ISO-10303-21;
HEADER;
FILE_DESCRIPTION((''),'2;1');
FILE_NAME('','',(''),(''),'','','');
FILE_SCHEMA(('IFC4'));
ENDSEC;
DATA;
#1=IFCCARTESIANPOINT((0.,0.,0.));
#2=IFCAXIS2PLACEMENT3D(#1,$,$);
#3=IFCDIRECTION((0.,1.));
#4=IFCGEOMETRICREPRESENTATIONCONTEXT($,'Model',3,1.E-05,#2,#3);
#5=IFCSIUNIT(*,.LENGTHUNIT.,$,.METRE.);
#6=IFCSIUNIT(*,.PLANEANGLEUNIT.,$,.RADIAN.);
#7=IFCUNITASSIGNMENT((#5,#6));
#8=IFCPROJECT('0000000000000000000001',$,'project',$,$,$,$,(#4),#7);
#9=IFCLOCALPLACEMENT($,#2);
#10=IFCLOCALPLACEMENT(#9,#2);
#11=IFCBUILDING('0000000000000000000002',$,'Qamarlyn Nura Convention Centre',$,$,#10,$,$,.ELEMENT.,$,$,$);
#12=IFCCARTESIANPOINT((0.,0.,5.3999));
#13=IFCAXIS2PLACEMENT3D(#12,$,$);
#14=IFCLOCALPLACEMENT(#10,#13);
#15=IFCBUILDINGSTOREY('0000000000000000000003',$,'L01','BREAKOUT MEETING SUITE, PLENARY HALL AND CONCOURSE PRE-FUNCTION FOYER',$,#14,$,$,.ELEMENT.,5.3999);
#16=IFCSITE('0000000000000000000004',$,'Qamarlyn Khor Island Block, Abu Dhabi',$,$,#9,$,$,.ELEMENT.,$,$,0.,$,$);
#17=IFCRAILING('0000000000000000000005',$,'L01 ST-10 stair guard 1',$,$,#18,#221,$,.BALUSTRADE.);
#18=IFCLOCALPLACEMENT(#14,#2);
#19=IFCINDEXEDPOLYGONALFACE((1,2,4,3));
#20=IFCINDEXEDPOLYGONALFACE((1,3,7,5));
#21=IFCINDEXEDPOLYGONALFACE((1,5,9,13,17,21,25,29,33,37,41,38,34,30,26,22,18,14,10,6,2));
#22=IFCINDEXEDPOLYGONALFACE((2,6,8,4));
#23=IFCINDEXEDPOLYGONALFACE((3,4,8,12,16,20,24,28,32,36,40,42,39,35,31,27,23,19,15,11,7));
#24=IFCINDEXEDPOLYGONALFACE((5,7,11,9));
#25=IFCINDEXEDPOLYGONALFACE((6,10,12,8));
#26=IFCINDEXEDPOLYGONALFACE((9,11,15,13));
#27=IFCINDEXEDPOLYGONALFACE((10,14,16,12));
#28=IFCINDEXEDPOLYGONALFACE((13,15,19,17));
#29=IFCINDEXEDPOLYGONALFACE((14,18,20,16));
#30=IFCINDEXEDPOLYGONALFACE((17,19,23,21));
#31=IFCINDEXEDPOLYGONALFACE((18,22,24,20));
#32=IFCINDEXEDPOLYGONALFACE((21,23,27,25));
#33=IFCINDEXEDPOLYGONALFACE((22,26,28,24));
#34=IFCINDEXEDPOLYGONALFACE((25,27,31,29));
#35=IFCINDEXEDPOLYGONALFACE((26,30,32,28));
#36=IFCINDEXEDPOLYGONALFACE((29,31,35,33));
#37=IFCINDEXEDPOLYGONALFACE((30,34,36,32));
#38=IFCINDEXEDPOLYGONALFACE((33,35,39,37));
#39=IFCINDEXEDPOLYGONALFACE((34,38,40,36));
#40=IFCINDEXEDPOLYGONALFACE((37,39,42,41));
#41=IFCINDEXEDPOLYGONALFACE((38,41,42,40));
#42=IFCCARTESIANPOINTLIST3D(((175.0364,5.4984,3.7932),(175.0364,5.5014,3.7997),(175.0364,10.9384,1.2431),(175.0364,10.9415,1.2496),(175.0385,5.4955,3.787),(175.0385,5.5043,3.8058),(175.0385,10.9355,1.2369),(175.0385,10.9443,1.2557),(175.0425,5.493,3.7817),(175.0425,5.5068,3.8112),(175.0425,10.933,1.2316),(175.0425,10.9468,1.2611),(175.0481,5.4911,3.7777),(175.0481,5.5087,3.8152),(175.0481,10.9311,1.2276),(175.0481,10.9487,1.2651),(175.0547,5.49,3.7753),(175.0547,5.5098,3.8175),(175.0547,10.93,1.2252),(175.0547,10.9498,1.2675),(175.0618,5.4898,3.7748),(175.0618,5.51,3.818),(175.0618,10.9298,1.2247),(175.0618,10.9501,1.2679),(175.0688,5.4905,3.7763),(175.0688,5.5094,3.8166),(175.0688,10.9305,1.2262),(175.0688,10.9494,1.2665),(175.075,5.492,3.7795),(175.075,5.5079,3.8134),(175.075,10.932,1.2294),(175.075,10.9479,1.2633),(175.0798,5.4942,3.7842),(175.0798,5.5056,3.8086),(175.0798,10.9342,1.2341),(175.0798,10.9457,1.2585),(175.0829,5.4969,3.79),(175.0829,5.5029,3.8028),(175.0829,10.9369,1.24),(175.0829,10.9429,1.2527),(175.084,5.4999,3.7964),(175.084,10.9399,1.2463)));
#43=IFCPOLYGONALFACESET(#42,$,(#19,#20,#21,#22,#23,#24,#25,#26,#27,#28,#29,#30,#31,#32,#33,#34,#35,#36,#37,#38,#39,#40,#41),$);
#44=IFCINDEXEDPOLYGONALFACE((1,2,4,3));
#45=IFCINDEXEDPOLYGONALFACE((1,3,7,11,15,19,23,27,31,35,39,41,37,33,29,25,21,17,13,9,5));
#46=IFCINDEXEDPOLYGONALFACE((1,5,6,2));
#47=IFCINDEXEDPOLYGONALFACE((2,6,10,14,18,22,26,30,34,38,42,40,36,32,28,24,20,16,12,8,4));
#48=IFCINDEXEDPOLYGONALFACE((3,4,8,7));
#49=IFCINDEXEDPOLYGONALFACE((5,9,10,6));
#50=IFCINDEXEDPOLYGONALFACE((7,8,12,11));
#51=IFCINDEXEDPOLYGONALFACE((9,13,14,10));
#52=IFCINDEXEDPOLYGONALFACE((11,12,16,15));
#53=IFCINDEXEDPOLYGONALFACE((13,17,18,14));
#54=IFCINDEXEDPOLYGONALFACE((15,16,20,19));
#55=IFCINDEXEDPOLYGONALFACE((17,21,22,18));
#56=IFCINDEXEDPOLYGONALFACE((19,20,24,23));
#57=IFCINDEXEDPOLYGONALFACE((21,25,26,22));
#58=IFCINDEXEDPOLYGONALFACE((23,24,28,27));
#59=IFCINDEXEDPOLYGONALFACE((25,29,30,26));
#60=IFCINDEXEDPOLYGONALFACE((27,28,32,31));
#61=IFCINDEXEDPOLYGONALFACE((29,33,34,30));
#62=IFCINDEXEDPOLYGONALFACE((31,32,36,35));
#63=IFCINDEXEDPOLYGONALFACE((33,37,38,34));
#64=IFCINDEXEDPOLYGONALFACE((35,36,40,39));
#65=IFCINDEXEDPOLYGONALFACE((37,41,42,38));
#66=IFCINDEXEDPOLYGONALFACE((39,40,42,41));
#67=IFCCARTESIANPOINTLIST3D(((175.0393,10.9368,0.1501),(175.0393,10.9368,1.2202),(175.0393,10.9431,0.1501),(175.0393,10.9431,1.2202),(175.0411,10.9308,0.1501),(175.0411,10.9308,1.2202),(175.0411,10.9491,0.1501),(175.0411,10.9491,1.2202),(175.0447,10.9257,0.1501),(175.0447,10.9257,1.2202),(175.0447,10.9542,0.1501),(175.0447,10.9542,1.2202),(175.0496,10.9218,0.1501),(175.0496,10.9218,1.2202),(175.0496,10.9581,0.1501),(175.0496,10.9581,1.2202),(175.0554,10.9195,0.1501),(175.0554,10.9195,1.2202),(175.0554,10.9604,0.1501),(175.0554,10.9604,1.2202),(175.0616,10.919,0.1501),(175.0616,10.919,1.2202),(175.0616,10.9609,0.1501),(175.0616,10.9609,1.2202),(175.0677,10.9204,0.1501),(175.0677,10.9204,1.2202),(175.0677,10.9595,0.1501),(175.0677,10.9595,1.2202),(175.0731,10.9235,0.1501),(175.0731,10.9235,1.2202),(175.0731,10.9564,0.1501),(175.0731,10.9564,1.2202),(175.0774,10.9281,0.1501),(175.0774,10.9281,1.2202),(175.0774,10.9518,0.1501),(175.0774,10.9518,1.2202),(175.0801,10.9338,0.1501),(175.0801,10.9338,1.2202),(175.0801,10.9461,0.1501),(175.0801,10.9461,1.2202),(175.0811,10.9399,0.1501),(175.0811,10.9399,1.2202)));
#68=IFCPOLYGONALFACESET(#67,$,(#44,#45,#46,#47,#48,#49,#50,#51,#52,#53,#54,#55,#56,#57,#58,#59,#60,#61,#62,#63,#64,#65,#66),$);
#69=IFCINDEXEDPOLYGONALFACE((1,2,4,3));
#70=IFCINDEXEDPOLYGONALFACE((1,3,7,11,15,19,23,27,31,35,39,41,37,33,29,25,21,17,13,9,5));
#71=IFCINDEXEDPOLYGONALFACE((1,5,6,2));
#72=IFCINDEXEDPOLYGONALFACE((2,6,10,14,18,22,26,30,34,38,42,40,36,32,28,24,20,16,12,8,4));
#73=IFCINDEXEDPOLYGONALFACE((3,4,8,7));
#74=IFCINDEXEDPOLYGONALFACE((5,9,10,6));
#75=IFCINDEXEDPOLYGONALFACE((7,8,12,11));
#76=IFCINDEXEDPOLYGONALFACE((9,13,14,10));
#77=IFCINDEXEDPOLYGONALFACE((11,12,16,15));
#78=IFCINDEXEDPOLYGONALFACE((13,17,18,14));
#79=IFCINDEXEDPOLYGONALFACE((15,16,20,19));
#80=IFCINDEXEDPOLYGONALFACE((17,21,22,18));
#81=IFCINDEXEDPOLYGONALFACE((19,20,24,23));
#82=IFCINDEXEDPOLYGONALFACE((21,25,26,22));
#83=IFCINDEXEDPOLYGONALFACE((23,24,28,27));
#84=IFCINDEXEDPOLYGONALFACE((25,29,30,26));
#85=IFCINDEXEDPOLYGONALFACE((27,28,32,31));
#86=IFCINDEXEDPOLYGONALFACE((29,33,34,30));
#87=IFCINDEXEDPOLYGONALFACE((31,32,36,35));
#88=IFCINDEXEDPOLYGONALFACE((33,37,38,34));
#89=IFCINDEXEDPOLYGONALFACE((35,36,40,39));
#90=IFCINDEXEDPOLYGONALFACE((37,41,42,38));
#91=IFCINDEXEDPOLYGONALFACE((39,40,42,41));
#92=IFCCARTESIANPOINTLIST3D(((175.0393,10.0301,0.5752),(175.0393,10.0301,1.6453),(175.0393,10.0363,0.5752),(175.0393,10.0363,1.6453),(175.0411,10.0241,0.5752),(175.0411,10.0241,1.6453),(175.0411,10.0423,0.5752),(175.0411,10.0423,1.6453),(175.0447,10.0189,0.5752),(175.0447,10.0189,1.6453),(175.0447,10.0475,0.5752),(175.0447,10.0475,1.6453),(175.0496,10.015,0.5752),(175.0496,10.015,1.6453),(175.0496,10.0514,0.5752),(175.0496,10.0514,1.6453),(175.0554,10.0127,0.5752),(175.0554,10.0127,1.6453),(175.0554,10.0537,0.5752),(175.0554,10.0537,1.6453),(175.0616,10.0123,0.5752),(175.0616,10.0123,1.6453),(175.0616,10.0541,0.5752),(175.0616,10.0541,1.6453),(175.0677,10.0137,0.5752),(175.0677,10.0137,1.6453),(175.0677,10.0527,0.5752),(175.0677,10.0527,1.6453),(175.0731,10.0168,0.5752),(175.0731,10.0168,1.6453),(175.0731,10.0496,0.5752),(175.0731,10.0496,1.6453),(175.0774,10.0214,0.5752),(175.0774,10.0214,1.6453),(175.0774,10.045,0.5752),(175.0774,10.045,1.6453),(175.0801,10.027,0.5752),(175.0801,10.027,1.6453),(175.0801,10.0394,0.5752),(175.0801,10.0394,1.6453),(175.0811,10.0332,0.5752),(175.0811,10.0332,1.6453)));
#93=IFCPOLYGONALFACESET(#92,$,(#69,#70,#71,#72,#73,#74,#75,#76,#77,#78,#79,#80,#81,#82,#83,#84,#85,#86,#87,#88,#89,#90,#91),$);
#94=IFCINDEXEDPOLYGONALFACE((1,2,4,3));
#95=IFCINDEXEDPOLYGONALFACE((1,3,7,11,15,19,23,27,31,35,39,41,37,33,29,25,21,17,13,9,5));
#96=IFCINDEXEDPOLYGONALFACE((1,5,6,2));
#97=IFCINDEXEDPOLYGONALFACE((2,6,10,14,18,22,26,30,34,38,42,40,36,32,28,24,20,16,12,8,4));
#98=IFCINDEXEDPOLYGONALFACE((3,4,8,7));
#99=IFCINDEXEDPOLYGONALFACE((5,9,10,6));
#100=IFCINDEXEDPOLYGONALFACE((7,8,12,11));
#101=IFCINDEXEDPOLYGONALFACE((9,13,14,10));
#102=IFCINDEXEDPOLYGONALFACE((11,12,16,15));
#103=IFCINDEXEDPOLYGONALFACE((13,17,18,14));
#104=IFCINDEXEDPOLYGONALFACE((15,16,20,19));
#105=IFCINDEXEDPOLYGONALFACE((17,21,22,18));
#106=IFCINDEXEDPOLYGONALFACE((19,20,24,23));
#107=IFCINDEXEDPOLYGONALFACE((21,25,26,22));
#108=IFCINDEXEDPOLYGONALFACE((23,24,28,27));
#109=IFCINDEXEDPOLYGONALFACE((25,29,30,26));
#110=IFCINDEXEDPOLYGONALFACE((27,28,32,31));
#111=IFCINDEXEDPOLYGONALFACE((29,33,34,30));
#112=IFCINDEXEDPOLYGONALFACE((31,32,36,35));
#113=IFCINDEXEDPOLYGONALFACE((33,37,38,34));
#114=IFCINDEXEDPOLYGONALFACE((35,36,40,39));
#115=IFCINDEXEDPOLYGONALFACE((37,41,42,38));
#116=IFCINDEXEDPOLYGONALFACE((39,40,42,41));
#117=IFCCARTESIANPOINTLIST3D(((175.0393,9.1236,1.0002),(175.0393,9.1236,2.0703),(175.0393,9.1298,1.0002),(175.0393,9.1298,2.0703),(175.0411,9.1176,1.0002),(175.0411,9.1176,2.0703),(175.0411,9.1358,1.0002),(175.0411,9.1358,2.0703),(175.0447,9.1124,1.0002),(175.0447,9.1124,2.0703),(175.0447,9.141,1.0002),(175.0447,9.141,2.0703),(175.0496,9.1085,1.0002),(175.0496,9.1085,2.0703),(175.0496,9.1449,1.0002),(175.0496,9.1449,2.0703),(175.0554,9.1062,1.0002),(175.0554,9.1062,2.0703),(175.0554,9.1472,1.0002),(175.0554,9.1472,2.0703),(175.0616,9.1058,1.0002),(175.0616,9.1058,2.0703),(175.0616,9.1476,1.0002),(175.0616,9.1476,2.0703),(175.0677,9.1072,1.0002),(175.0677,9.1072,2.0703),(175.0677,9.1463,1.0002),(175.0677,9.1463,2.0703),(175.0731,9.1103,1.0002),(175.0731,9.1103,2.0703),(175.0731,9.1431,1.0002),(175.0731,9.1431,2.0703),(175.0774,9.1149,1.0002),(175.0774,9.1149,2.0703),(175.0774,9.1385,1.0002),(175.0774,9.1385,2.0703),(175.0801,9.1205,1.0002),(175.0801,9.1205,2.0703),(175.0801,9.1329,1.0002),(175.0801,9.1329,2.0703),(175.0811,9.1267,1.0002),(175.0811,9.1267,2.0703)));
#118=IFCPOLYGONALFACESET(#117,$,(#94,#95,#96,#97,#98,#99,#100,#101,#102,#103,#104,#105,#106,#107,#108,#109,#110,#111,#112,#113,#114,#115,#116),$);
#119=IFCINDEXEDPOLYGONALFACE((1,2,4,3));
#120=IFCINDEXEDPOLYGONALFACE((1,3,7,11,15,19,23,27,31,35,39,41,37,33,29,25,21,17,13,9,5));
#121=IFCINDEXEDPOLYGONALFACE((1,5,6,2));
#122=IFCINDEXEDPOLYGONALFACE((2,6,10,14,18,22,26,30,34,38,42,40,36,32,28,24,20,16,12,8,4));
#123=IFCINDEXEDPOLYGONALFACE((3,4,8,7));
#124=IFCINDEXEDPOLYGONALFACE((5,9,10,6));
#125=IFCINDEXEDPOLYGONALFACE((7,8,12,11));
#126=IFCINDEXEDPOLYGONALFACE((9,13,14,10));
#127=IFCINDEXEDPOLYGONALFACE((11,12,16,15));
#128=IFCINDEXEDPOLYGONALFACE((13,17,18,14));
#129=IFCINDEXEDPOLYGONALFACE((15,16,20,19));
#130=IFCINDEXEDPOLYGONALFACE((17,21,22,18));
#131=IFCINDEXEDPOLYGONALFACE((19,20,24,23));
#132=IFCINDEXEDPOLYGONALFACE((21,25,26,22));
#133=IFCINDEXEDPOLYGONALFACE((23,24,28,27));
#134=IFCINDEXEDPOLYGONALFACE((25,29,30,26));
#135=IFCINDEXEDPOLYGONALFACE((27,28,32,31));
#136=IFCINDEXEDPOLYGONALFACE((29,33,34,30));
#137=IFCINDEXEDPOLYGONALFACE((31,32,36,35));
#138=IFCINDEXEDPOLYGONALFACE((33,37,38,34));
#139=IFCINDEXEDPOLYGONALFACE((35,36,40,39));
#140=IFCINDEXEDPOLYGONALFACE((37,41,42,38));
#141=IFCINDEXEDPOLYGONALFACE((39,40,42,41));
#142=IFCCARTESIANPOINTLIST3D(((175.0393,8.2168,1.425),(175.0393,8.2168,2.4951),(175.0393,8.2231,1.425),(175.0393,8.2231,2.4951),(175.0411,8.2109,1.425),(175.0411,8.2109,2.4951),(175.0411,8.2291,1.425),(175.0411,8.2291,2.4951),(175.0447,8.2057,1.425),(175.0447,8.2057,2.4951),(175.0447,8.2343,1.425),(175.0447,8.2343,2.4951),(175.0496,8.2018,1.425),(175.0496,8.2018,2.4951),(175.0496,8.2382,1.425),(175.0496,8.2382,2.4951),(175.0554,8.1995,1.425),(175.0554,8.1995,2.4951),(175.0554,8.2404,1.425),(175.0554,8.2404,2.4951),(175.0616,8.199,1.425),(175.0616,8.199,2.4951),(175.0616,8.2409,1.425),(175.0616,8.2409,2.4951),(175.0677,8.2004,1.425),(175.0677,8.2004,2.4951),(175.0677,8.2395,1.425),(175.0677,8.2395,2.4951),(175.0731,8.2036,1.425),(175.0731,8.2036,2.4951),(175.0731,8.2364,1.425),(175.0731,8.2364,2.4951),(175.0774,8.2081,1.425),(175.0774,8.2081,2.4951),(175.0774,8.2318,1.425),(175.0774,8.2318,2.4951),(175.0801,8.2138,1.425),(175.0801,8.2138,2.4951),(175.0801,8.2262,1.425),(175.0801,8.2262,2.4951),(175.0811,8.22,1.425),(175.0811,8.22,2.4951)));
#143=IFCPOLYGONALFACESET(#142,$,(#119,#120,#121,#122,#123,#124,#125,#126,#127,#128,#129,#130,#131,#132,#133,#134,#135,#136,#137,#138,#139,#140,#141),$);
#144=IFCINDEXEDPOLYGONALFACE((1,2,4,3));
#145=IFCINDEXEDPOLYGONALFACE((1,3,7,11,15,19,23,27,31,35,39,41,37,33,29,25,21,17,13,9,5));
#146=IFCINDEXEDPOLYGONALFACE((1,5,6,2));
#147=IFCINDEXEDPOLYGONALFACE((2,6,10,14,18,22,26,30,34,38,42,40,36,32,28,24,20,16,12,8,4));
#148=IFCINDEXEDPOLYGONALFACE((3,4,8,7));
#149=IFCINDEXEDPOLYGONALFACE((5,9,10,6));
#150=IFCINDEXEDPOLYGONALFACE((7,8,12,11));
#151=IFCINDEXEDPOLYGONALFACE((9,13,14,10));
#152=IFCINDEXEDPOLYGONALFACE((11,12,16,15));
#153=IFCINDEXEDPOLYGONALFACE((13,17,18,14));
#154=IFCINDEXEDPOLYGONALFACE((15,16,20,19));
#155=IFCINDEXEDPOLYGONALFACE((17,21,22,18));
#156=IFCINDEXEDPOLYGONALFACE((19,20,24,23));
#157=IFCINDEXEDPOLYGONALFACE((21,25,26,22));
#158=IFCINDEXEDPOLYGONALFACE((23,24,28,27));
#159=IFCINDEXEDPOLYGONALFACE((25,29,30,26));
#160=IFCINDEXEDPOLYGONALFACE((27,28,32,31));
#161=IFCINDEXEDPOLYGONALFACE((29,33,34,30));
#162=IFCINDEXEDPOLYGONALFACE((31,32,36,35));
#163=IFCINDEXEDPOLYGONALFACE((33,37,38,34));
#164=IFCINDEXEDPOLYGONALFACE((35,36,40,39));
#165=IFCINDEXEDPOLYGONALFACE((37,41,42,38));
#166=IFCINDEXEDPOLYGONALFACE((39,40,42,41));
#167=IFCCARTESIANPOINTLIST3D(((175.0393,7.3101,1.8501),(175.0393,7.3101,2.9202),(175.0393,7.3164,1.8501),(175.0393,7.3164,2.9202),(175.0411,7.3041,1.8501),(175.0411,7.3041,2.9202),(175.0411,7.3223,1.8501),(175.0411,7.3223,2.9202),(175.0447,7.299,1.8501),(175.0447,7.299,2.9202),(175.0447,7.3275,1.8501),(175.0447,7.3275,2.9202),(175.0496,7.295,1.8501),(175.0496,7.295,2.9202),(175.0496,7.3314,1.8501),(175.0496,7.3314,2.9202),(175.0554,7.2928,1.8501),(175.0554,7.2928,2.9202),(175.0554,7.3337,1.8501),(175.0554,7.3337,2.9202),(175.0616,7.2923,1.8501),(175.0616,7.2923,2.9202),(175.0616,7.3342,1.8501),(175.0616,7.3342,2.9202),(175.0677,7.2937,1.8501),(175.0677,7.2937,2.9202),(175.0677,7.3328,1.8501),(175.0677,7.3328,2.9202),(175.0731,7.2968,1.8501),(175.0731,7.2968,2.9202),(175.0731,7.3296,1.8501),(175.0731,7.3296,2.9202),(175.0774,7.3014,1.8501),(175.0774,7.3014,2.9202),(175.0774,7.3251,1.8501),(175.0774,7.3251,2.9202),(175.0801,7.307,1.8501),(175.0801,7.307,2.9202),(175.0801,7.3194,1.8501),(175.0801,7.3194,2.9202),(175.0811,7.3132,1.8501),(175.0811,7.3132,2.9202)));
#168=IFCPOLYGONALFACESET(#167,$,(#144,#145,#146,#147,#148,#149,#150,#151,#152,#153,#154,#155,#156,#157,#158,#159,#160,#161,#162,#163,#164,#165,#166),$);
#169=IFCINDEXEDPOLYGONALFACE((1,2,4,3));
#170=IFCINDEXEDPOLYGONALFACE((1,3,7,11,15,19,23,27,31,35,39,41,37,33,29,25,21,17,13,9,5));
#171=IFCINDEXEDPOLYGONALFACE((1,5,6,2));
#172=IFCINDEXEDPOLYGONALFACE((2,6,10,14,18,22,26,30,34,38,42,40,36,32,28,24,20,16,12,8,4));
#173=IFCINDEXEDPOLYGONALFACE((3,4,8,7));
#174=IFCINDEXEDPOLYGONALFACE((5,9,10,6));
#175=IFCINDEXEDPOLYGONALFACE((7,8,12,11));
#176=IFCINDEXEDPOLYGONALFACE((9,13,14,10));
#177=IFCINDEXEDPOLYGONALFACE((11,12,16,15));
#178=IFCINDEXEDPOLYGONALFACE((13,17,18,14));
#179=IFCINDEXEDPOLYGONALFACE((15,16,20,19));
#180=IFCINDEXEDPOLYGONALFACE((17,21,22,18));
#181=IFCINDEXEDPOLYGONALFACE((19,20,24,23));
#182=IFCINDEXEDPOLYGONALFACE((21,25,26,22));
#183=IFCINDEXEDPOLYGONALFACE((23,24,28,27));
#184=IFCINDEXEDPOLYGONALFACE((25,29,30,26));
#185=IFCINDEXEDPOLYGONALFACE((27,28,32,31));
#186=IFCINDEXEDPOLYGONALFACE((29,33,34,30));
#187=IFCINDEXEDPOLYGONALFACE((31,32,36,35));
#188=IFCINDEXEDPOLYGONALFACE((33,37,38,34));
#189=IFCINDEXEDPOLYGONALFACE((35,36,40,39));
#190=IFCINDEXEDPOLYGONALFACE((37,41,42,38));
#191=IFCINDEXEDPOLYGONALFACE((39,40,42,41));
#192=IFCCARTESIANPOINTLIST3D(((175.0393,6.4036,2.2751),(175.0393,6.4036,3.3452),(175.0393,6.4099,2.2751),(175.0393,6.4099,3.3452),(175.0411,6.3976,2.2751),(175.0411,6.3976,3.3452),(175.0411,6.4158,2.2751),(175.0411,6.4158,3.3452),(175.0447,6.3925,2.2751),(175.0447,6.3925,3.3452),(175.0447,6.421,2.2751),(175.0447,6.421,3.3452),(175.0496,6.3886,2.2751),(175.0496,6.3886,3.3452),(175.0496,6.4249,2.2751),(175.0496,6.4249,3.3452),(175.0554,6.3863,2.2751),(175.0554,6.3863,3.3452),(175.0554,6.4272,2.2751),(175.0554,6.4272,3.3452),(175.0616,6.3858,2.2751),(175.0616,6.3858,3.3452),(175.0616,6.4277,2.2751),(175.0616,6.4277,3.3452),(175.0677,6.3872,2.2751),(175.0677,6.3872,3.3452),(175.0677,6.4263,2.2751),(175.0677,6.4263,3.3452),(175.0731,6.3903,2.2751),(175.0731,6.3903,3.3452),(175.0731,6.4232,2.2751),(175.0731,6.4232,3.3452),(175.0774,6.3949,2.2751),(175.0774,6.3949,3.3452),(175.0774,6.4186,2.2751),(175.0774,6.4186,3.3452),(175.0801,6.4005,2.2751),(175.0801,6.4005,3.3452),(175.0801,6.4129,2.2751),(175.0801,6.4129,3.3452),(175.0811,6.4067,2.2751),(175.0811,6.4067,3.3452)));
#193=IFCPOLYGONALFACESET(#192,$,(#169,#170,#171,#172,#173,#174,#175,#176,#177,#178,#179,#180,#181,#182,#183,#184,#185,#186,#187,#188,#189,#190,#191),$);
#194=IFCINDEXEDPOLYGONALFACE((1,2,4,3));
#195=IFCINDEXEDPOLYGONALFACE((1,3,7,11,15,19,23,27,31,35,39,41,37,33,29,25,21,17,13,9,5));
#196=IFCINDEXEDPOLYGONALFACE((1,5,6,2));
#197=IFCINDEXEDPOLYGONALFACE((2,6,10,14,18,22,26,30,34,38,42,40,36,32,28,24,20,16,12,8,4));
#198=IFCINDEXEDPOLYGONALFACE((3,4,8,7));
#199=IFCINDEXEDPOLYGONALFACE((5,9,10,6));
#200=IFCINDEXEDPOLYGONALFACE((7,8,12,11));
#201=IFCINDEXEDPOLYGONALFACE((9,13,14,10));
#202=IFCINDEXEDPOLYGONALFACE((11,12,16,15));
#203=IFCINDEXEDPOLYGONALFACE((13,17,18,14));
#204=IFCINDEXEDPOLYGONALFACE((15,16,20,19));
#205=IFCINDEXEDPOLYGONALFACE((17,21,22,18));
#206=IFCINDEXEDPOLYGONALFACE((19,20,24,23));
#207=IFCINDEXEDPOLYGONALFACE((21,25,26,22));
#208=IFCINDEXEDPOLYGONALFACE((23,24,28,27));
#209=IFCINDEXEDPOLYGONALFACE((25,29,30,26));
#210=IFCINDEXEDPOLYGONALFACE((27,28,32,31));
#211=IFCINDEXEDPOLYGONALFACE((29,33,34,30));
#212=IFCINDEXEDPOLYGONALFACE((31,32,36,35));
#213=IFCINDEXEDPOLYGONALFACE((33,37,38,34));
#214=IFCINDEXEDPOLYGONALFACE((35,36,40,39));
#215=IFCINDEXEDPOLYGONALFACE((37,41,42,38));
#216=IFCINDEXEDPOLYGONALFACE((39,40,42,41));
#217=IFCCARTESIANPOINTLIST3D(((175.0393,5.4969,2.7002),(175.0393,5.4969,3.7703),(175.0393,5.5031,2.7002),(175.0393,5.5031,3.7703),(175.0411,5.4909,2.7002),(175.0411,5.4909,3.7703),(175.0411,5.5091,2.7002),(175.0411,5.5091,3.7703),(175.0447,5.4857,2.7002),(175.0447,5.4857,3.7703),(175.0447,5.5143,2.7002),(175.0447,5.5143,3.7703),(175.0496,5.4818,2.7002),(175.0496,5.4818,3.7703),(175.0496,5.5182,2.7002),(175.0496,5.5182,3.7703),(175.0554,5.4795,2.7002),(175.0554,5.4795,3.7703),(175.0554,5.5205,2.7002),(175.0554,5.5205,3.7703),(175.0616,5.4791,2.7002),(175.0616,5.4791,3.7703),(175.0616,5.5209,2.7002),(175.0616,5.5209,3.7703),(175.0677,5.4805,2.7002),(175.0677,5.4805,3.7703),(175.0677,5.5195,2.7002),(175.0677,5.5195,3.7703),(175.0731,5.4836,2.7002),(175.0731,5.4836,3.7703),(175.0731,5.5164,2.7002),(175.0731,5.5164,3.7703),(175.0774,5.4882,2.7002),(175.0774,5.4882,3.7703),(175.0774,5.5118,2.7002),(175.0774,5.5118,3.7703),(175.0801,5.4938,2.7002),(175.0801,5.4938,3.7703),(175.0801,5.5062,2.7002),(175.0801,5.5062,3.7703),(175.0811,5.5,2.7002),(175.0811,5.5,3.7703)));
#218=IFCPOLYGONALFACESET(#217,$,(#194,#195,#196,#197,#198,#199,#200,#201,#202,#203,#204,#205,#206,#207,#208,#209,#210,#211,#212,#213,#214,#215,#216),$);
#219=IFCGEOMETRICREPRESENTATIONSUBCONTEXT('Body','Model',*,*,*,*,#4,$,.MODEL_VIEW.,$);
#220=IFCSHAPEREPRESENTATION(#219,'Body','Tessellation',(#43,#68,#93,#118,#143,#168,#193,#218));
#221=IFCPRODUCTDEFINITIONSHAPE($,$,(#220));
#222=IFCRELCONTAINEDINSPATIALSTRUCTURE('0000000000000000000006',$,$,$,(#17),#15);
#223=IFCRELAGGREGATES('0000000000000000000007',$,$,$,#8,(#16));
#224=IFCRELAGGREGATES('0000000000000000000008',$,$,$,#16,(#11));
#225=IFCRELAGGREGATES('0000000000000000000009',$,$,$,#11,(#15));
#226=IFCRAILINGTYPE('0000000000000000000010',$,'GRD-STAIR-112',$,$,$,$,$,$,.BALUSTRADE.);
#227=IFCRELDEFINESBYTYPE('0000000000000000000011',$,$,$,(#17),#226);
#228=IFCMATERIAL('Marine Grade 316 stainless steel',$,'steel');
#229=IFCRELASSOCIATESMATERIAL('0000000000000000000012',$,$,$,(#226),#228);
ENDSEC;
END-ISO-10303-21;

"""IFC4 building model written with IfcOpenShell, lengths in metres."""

from ifc_helpers import new_model, si_unit, direction, frame, origin, origin_2d, place, context, subcontext, project, spatial, circle, extrude, material, type_object, element, save


model = new_model("IFC4")

# Units and contexts
model_context = context("Model", 3, precision=1e-05, world=origin(), true_north=direction((0.0, 1.0)))
body_context = subcontext(model_context, "Body", "Model", "MODEL_VIEW")
ifc_project = project(units=[si_unit("LENGTHUNIT", "METRE"), si_unit("PLANEANGLEUNIT", "RADIAN")], contexts=[model_context])

# Site, building, storey
site_placement = place(None, origin())
site = spatial("IfcSite", under=ifc_project, at=site_placement, Name="Qamarlyn Khor Island Block, Abu Dhabi", CompositionType="ELEMENT", RefElevation=0.0)
building_placement = place(site_placement, origin())
building = spatial("IfcBuilding", under=site, at=building_placement, Name="Qamarlyn Nura Convention Centre", CompositionType="ELEMENT")
storey_placement = place(building_placement, frame((0.0, 0.0, 5.3999)))
storey = spatial("IfcBuildingStorey", under=building, at=storey_placement, Name="L01", Description="BREAKOUT MEETING SUITE, PLENARY HALL AND CONCOURSE PRE-FUNCTION FOYER", CompositionType="ELEMENT", Elevation=5.3999)

# Railing
ifc_material_1 = material(Name="Marine Grade 316 stainless steel", Category="steel")
railing_type_1 = type_object("IfcRailingType", Name="GRD-STAIR-112", PredefinedType="BALUSTRADE", material=ifc_material_1)
railing_1_placement = place(storey_placement, frame((175.0601, 10.9399, 0.1501)))
element("IfcRailing", 1, at=railing_1_placement, inside=storey, type_object=railing_type_1, Name="L01 ST-10 stair guard 1", PredefinedType="BALUSTRADE", context=body_context, shape_type="SweptSolid", body=[
    extrude(circle(Radius=0.0239, at=origin_2d()), frame((0.0, 0.0, 1.0962), z_axis=(0.0, -0.905454, 0.424444), x_axis=(1.0, 0.0, 0.0)), (0.0, 0.0, 1.0), 6.0081),
    extrude(circle(Radius=0.021, at=origin_2d()), origin(), (0.0, 0.0, 1.0), 1.0701),
    extrude(circle(Radius=0.021, at=origin_2d()), frame((0.0, -0.9067, 0.425)), (0.0, 0.0, 1.0), 1.0701),
    extrude(circle(Radius=0.021, at=origin_2d()), frame((0.0, -1.8132, 0.8501)), (0.0, 0.0, 1.0), 1.0701),
    extrude(circle(Radius=0.021, at=origin_2d()), frame((0.0, -2.72, 1.2749)), (0.0, 0.0, 1.0), 1.0701),
    extrude(circle(Radius=0.021, at=origin_2d()), frame((0.0, -3.6267, 1.7)), (0.0, 0.0, 1.0), 1.0701),
    extrude(circle(Radius=0.021, at=origin_2d()), frame((0.0, -4.5332, 2.125)), (0.0, 0.0, 1.0), 1.0701),
    extrude(circle(Radius=0.021, at=origin_2d()), frame((0.0, -5.4399, 2.55)), (0.0, 0.0, 1.0), 1.0701),
])

save(model, "model.ifc")
